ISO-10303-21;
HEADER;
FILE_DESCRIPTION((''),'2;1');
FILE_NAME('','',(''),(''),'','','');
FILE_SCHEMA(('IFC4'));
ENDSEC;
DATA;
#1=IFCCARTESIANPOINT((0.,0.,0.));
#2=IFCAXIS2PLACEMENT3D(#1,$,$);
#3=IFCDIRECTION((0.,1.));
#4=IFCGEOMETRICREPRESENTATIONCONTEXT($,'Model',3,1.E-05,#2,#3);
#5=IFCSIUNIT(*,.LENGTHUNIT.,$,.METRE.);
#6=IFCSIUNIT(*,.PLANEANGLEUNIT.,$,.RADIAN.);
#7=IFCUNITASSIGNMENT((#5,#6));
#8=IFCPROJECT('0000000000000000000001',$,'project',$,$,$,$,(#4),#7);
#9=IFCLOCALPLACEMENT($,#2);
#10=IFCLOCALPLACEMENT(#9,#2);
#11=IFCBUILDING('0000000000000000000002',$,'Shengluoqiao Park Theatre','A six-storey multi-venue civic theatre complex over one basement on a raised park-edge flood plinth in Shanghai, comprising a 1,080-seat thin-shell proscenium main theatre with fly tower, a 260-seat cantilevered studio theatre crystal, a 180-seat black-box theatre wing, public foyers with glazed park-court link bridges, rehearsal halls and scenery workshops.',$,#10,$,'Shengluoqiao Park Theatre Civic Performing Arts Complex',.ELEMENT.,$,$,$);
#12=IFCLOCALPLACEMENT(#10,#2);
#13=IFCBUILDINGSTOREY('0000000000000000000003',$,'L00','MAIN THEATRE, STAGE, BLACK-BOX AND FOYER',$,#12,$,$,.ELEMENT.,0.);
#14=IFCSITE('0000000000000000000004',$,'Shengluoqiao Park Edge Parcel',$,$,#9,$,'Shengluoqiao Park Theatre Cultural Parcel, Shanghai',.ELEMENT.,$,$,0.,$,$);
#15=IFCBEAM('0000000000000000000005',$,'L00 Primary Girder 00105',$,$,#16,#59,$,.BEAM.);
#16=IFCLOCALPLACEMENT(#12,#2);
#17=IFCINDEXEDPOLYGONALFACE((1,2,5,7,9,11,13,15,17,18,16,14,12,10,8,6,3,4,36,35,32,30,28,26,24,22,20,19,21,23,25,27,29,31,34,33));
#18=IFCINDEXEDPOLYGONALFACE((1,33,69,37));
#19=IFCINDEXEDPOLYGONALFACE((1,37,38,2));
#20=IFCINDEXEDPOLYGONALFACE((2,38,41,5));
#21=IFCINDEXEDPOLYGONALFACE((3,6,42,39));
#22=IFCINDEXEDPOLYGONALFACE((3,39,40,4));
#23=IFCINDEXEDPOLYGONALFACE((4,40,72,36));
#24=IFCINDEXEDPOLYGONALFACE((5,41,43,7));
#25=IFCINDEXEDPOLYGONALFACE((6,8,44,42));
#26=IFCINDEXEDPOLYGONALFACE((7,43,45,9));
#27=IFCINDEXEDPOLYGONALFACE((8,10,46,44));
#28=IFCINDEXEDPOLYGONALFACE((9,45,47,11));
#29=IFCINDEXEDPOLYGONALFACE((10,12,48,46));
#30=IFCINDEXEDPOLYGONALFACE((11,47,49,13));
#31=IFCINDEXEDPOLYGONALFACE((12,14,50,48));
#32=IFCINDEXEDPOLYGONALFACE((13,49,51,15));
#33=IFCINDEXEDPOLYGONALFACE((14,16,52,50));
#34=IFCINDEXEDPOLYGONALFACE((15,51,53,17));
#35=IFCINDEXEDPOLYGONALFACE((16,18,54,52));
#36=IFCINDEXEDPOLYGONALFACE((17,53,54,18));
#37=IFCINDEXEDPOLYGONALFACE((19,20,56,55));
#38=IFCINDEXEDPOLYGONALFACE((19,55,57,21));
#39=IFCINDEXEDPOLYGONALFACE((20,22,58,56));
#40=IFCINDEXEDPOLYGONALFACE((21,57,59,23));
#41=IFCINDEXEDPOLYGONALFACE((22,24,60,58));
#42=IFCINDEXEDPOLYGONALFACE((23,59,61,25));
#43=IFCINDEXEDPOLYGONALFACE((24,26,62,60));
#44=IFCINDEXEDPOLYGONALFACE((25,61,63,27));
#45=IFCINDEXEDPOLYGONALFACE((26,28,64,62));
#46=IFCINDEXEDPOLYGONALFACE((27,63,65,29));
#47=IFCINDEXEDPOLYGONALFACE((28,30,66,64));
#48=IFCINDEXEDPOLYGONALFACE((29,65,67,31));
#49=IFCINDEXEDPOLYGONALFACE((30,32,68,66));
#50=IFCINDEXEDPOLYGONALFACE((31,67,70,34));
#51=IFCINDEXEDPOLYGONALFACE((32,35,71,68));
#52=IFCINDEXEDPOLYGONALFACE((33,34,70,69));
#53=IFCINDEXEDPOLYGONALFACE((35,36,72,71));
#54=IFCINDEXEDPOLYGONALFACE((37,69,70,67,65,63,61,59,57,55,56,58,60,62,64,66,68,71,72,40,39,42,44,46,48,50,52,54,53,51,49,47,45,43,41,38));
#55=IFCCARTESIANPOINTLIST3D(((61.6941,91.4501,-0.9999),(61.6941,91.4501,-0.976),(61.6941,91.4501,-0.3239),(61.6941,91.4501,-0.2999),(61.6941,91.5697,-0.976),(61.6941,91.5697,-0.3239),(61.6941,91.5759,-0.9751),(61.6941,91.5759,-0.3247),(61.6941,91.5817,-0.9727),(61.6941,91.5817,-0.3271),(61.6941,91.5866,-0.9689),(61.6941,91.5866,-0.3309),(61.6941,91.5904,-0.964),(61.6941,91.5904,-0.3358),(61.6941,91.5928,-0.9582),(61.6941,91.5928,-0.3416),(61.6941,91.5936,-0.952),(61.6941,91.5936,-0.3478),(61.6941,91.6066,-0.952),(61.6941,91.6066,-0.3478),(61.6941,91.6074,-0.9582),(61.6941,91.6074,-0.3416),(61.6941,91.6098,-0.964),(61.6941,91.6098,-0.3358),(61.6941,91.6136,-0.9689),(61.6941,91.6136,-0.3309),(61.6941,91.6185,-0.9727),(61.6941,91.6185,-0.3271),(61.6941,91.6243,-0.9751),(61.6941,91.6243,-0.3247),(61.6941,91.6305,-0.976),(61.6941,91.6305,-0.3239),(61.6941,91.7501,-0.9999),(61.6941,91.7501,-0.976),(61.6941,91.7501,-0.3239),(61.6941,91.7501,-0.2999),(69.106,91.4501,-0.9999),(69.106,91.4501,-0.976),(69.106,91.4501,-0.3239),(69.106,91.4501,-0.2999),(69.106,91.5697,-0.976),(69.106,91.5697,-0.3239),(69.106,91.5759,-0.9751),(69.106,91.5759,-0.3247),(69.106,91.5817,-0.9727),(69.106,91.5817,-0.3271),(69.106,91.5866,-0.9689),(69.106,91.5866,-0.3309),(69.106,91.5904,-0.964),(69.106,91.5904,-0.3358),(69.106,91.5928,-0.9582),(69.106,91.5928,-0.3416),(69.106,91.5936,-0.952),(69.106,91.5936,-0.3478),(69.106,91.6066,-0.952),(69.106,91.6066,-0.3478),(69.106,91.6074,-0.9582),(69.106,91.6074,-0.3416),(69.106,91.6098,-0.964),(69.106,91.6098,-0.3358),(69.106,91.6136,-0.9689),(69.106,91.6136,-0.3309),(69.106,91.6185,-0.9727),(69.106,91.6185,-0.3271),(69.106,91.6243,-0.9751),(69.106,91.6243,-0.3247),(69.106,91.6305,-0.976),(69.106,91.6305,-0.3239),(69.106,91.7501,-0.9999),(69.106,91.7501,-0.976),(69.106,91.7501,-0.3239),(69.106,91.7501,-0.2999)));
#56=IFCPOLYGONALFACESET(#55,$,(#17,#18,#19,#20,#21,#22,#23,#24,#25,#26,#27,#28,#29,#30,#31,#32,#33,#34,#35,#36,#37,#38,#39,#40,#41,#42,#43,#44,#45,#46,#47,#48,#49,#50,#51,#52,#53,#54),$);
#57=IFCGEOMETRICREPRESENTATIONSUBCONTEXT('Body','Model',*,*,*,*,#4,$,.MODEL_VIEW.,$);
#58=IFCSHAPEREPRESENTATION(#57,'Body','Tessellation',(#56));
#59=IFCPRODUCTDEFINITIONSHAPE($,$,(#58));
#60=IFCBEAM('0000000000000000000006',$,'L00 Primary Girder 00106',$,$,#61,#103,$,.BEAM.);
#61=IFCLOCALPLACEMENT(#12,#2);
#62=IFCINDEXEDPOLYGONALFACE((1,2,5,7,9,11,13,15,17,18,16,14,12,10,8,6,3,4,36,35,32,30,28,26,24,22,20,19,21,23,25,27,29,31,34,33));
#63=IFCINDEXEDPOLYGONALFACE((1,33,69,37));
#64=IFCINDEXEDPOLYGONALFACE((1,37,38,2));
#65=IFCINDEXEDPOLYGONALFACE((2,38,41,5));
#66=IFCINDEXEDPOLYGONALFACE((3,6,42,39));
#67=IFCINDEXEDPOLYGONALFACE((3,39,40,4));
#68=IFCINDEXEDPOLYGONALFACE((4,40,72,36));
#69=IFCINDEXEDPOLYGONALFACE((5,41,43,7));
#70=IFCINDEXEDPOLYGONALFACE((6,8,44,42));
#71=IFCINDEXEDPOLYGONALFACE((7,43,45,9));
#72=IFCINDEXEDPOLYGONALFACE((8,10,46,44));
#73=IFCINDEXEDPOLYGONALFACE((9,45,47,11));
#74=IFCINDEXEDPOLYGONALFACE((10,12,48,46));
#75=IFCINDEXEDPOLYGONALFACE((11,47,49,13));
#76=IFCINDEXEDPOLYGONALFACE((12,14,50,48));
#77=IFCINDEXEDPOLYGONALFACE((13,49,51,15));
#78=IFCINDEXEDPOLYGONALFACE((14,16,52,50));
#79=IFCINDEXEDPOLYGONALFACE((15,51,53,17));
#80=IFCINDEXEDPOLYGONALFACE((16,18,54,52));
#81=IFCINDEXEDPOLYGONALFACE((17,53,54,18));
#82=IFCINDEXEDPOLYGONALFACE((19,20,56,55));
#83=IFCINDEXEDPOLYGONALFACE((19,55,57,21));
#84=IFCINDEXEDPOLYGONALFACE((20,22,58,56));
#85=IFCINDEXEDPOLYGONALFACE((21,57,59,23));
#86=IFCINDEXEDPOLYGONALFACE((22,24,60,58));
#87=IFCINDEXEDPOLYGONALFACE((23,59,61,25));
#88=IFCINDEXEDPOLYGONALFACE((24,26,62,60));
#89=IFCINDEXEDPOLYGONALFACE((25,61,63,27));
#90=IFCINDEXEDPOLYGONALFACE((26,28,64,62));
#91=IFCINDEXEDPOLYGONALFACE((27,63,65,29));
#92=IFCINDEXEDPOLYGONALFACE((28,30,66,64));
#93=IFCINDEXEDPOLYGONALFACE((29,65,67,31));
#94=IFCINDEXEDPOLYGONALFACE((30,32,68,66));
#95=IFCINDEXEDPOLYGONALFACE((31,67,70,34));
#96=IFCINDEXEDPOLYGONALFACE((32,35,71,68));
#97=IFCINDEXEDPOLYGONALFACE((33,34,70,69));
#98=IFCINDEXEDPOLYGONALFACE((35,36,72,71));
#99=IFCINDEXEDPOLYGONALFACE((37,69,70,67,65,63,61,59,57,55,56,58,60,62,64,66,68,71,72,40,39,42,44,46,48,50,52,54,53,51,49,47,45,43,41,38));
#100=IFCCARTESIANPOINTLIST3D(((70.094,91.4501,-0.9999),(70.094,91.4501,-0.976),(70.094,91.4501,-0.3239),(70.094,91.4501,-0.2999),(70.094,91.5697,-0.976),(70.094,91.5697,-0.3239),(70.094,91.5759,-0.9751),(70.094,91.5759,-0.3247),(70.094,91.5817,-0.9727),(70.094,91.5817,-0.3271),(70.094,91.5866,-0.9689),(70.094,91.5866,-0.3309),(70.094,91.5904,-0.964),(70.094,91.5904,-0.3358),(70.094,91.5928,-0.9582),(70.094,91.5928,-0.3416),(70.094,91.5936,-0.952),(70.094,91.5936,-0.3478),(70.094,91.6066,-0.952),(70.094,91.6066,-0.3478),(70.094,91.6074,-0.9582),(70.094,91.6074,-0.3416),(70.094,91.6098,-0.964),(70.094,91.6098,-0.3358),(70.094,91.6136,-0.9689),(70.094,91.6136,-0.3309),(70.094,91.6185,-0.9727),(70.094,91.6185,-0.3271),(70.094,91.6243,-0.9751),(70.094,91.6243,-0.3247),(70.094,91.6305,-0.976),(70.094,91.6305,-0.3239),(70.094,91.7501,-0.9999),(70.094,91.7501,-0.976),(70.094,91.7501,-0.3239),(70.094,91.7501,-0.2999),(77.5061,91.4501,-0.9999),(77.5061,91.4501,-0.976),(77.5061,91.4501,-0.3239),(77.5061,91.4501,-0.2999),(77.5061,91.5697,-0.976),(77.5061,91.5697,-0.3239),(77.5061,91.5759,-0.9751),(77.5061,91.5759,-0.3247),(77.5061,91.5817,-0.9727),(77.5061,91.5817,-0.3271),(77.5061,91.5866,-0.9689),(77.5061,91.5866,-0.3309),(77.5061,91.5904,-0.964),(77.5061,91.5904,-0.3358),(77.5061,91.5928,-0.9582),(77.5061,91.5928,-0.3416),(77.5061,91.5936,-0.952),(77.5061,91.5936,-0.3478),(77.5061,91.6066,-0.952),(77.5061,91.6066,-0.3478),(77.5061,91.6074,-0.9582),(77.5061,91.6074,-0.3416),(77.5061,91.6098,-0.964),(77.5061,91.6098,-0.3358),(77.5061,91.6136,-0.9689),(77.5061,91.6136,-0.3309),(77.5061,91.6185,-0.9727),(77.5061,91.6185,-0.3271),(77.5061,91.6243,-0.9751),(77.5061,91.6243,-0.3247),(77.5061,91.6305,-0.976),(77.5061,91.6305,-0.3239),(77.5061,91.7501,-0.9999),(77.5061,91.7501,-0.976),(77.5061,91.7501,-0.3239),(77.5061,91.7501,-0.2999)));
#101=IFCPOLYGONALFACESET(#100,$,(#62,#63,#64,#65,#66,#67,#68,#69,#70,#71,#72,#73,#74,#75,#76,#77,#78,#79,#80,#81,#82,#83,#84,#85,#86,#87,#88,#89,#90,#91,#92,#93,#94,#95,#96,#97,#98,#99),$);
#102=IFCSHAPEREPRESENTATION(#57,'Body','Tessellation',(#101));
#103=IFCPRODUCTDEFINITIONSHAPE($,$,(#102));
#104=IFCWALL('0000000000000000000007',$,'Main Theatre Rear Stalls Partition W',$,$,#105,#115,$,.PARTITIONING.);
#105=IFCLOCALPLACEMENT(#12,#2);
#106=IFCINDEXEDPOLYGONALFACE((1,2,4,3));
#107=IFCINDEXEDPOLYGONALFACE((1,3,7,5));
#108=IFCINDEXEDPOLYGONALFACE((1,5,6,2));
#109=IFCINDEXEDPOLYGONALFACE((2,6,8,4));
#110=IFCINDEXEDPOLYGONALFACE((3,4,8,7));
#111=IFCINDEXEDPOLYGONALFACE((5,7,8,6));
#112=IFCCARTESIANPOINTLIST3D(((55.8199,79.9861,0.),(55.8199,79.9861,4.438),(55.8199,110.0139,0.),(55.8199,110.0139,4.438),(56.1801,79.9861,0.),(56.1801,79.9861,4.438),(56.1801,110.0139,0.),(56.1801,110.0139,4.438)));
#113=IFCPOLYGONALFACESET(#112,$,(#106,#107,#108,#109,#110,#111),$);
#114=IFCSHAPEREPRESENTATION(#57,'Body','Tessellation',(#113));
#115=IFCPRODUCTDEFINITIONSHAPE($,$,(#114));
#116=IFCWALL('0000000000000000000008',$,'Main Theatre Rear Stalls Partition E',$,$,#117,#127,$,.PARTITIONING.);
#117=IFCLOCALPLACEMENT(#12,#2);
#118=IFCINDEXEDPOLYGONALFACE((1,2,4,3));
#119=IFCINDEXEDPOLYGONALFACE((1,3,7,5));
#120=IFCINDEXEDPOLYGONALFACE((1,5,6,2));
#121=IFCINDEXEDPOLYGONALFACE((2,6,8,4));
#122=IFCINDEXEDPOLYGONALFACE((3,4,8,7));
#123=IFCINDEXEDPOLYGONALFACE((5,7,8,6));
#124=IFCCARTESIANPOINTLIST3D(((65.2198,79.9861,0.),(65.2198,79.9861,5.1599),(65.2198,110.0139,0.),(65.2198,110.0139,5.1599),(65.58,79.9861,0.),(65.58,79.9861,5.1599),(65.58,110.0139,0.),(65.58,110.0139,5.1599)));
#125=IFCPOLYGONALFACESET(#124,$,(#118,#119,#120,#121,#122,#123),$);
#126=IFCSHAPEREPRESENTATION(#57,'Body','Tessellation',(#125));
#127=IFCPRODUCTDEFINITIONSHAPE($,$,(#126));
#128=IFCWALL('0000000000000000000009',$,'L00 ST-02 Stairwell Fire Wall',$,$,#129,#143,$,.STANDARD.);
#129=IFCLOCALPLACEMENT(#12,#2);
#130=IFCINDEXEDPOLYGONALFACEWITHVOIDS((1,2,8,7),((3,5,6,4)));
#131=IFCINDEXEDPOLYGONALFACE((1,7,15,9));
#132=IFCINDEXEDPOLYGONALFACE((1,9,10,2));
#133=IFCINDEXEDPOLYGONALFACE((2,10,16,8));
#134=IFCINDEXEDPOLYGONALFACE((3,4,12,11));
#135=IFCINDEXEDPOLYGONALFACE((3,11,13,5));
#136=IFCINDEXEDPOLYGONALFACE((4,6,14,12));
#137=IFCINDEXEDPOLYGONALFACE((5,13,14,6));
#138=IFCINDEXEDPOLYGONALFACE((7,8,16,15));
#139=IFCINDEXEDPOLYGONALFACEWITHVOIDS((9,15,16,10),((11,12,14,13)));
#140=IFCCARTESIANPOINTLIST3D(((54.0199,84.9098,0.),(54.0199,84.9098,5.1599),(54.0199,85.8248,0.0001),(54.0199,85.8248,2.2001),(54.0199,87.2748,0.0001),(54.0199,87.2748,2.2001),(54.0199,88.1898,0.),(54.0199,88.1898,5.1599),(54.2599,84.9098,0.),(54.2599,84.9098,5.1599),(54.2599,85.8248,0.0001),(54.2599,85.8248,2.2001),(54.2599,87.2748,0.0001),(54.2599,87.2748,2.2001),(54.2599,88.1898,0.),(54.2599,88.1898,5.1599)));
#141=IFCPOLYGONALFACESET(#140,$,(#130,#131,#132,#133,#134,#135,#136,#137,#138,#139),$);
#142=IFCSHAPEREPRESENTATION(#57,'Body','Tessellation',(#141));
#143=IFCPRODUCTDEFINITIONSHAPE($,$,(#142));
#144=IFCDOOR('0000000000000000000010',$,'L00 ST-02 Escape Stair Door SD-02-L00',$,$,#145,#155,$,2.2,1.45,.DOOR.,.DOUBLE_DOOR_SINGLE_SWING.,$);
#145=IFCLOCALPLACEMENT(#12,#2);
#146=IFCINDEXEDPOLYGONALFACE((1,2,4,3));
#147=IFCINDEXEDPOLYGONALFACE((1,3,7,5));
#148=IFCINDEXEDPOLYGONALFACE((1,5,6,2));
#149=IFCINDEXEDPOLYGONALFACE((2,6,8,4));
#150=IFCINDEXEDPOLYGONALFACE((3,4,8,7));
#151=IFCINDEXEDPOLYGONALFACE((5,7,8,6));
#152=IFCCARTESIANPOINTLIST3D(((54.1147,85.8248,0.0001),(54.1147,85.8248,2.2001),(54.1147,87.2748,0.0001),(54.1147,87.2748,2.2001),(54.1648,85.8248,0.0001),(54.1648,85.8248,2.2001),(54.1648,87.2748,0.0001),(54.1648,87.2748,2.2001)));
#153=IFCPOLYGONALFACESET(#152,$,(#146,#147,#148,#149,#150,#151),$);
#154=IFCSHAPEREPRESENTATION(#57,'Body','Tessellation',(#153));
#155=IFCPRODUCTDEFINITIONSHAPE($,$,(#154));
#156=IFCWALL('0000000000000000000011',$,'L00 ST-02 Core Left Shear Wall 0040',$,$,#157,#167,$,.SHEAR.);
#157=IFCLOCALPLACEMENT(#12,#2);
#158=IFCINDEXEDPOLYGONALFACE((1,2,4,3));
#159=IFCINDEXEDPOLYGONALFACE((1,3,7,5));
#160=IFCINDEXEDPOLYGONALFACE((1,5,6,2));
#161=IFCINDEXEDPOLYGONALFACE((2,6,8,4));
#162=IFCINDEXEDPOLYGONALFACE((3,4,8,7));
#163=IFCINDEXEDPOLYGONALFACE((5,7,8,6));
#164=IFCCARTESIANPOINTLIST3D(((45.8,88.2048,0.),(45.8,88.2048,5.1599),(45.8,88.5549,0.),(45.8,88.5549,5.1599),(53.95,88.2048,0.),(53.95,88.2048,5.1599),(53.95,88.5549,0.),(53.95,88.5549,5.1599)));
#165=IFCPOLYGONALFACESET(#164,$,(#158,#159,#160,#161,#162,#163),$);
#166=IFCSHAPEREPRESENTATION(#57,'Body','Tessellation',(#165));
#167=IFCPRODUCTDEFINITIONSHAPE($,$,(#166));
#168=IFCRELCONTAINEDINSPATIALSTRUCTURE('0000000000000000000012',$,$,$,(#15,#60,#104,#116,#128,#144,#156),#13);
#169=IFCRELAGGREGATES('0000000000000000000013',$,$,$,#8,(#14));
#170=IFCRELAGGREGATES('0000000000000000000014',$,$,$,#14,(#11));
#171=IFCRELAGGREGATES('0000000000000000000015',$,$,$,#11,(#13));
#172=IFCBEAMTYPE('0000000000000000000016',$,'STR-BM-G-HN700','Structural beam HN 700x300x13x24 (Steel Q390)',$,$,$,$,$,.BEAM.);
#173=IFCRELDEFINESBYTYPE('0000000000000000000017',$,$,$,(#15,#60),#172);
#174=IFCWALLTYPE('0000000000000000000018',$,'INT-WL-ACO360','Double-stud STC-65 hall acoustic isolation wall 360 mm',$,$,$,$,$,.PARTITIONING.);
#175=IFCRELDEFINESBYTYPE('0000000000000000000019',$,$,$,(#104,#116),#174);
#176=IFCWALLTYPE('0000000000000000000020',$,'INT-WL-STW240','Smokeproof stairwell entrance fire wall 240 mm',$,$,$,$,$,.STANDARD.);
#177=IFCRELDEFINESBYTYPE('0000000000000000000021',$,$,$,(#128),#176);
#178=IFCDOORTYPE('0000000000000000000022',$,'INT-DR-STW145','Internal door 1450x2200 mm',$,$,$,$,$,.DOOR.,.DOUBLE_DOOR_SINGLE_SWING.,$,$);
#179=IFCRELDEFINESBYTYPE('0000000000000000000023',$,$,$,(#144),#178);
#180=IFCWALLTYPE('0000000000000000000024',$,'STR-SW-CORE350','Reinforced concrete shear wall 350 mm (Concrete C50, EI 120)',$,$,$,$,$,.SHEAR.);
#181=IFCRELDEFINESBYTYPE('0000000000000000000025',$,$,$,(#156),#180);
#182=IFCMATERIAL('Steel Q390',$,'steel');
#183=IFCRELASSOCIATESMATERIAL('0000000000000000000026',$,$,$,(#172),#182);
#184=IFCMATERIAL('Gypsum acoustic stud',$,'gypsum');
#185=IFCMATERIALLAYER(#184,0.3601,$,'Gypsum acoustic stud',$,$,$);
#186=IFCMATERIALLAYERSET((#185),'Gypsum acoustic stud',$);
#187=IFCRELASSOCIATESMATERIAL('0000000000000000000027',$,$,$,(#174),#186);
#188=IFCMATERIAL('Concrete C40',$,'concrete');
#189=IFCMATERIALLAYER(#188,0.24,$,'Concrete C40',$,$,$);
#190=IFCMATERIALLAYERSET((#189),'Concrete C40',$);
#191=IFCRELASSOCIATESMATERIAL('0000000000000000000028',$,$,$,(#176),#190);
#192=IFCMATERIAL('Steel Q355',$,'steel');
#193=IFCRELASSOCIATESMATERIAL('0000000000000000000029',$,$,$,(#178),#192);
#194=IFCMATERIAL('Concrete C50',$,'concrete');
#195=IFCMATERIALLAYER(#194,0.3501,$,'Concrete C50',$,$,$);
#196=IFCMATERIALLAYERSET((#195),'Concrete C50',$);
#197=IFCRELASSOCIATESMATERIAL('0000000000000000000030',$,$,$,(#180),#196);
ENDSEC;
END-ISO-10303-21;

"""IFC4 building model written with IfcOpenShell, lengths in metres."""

from ifc_helpers import new_model, si_unit, direction, frame, frame_2d, origin, origin_2d, place, context, subcontext, project, spatial, rectangle, i_section, extrude, material, layer, layer_set, material_profile, profile_set, type_object, element, fill, save


model = new_model("IFC4")

# Units and contexts
model_context = context("Model", 3, precision=1e-05, world=origin(), true_north=direction((0.0, 1.0)))
body_context = subcontext(model_context, "Body", "Model", "MODEL_VIEW")
ifc_project = project(units=[si_unit("LENGTHUNIT", "METRE"), si_unit("PLANEANGLEUNIT", "RADIAN")], contexts=[model_context])

# Site, building, storey
site_placement = place(None, origin())
site = spatial("IfcSite", under=ifc_project, at=site_placement, Name="Shengluoqiao Park Edge Parcel", LongName="Shengluoqiao Park Theatre Cultural Parcel, Shanghai", CompositionType="ELEMENT", RefElevation=0.0)
building_placement = place(site_placement, origin())
building = spatial("IfcBuilding", under=site, at=building_placement, Name="Shengluoqiao Park Theatre", Description="A six-storey multi-venue civic theatre complex over one basement on a raised park-edge flood plinth in Shanghai, comprising a 1,080-seat thin-shell proscenium main theatre with fly tower, a 260-seat cantilevered studio theatre crystal, a 180-seat black-box theatre wing, public foyers with glazed park-court link bridges, rehearsal halls and scenery workshops.", LongName="Shengluoqiao Park Theatre Civic Performing Arts Complex", CompositionType="ELEMENT")
storey_placement = place(building_placement, origin())
storey = spatial("IfcBuildingStorey", under=building, at=storey_placement, Name="L00", Description="MAIN THEATRE, STAGE, BLACK-BOX AND FOYER", CompositionType="ELEMENT", Elevation=0.0)

# Shared definitions
ifc_material_1 = material(Name="Concrete C50", Category="concrete")

# Beams
ifc_material_2 = material(Name="Concrete C40", Category="concrete")
ifc_material_3 = material(Name="Steel Q355", Category="steel")
ifc_material_4 = material(Name="Steel Q390", Category="steel")
ifc_material_profile_1 = material_profile(ifc_material_4, i_section(OverallWidth=0.3, OverallDepth=0.7, WebThickness=0.0129, FlangeThickness=0.0239, FilletRadius=0.0239, at=origin_2d()), Name="HN 700x300x13x24")
ifc_profile_set_1 = profile_set([ifc_material_profile_1], Name="Steel Q390")
beam_type_1 = type_object("IfcBeamType", Name="STR-BM-G-HN700", Description="Structural beam HN 700x300x13x24 (Steel Q390)", PredefinedType="BEAM", material=ifc_profile_set_1)
beam_1_placement = place(storey_placement, frame((61.6941, 91.6001, -0.6499), z_axis=(1.0, 0.0, 0.0), x_axis=(0.0, 1.0, 0.0)))
element("IfcBeam", 1, at=beam_1_placement, inside=storey, type_object=beam_type_1, Name="L00 Primary Girder 00105", PredefinedType="BEAM", context=body_context, shape_type="SweptSolid", body=[
    extrude(i_section(OverallWidth=0.3, OverallDepth=0.7, WebThickness=0.0129, FlangeThickness=0.0239, FilletRadius=0.0239, at=origin_2d()), origin(), (0.0, 0.0, 1.0), 7.4119),
])
beam_2_placement = place(storey_placement, frame((70.094, 91.6001, -0.6499), z_axis=(1.0, 0.0, 0.0), x_axis=(0.0, 1.0, 0.0)))
element("IfcBeam", 2, at=beam_2_placement, inside=storey, type_object=beam_type_1, Name="L00 Primary Girder 00106", PredefinedType="BEAM", context=body_context, shape_type="SweptSolid", body=[
    extrude(i_section(OverallWidth=0.3, OverallDepth=0.7, WebThickness=0.0129, FlangeThickness=0.0239, FilletRadius=0.0239, at=origin_2d()), origin(), (0.0, 0.0, 1.0), 7.4121),
])

# Walls
ifc_material_5 = material(Name="Gypsum acoustic stud", Category="gypsum")
ifc_layer_1 = layer(ifc_material_5, 0.3601, Name="Gypsum acoustic stud")
ifc_layer_set_1 = layer_set([ifc_layer_1], Name="Gypsum acoustic stud")
wall_type_1 = type_object("IfcWallType", Name="INT-WL-ACO360", Description="Double-stud STC-65 hall acoustic isolation wall 360 mm", PredefinedType="PARTITIONING", material=ifc_layer_set_1)
wall_1_placement = place(storey_placement, frame((56.0, 79.9861, 0.0), z_axis=(0.0, 0.0, 1.0), x_axis=(0.0, 1.0, 0.0)))
element("IfcWall", 3, at=wall_1_placement, inside=storey, type_object=wall_type_1, Name="Main Theatre Rear Stalls Partition W", PredefinedType="PARTITIONING", context=body_context, shape_type="SweptSolid", body=[
    extrude(rectangle(XDim=30.0278, YDim=0.3601, at=frame_2d((15.0139, 0.0))), origin(), (0.0, 0.0, 1.0), 4.438),
])
wall_2_placement = place(storey_placement, frame((65.3999, 79.9861, 0.0), z_axis=(0.0, 0.0, 1.0), x_axis=(0.0, 1.0, 0.0)))
element("IfcWall", 4, at=wall_2_placement, inside=storey, type_object=wall_type_1, Name="Main Theatre Rear Stalls Partition E", PredefinedType="PARTITIONING", context=body_context, shape_type="SweptSolid", body=[
    extrude(rectangle(XDim=30.0278, YDim=0.3601, at=frame_2d((15.0139, 0.0))), origin(), (0.0, 0.0, 1.0), 5.1599),
])

# Wall, opening, door
ifc_layer_2 = layer(ifc_material_2, 0.24, Name="Concrete C40")
ifc_layer_set_2 = layer_set([ifc_layer_2], Name="Concrete C40")
wall_type_2 = type_object("IfcWallType", Name="INT-WL-STW240", Description="Smokeproof stairwell entrance fire wall 240 mm", PredefinedType="STANDARD", material=ifc_layer_set_2)
wall_3_placement = place(storey_placement, frame((54.1399, 88.1899, 0.0), z_axis=(0.0, 0.0, 1.0), x_axis=(0.0, -1.0, 0.0)))
wall_3 = element("IfcWall", 5, at=wall_3_placement, inside=storey, type_object=wall_type_2, Name="L00 ST-02 Stairwell Fire Wall", PredefinedType="STANDARD", context=body_context, shape_type="SweptSolid", body=[
    extrude(rectangle(XDim=3.28, YDim=0.24, at=frame_2d((1.6401, 0.0))), origin(), (0.0, 0.0, 1.0), 5.1599),
])
opening_placement = place(wall_3_placement, frame((0.915, 0.0, 0.0)))
opening = element("IfcOpeningElement", 6, at=opening_placement, cuts=wall_3, PredefinedType="OPENING", context=body_context, shape_type="SweptSolid", body=[
    extrude(rectangle(XDim=1.45, YDim=2.2, at=frame_2d((0.7251, 1.1001))), frame((0.0, 0.1299, 0.0), z_axis=(0.0, -1.0, 0.0), x_axis=(1.0, 0.0, 0.0)), (0.0, 0.0, 1.0), 0.26),
])
door_type = type_object("IfcDoorType", Name="INT-DR-STW145", Description="Internal door 1450x2200 mm", OperationType="DOUBLE_DOOR_SINGLE_SWING", PredefinedType="DOOR", material=ifc_material_3)
door_placement = place(opening_placement, origin())
door = element("IfcDoor", 7, at=door_placement, inside=storey, type_object=door_type, Name="L00 ST-02 Escape Stair Door SD-02-L00", OperationType="DOUBLE_DOOR_SINGLE_SWING", OverallHeight=2.2, OverallWidth=1.45, PredefinedType="DOOR", context=body_context, shape_type="SweptSolid", body=[
    extrude(rectangle(XDim=1.45, YDim=2.2, at=frame_2d((0.7251, 1.1001))), frame((0.0, 0.0249, 0.0), z_axis=(0.0, -1.0, 0.0), x_axis=(1.0, 0.0, 0.0)), (0.0, 0.0, 1.0), 0.05),
])
fill(opening, door)

# Wall
ifc_layer_3 = layer(ifc_material_1, 0.3501, Name="Concrete C50")
ifc_layer_set_3 = layer_set([ifc_layer_3], Name="Concrete C50")
wall_type_3 = type_object("IfcWallType", Name="STR-SW-CORE350", Description="Reinforced concrete shear wall 350 mm (Concrete C50, EI 120)", PredefinedType="SHEAR", material=ifc_layer_set_3)
wall_4_placement = place(storey_placement, frame((53.95, 88.3799, 0.0), z_axis=(0.0, 0.0, 1.0), x_axis=(-1.0, 0.0, 0.0)))
element("IfcWall", 8, at=wall_4_placement, inside=storey, type_object=wall_type_3, Name="L00 ST-02 Core Left Shear Wall 0040", PredefinedType="SHEAR", context=body_context, shape_type="SweptSolid", body=[
    extrude(rectangle(XDim=8.1499, YDim=0.3501, at=frame_2d((4.075, 0.0))), origin(), (0.0, 0.0, 1.0), 5.1599),
])

save(model, "model.ifc")
